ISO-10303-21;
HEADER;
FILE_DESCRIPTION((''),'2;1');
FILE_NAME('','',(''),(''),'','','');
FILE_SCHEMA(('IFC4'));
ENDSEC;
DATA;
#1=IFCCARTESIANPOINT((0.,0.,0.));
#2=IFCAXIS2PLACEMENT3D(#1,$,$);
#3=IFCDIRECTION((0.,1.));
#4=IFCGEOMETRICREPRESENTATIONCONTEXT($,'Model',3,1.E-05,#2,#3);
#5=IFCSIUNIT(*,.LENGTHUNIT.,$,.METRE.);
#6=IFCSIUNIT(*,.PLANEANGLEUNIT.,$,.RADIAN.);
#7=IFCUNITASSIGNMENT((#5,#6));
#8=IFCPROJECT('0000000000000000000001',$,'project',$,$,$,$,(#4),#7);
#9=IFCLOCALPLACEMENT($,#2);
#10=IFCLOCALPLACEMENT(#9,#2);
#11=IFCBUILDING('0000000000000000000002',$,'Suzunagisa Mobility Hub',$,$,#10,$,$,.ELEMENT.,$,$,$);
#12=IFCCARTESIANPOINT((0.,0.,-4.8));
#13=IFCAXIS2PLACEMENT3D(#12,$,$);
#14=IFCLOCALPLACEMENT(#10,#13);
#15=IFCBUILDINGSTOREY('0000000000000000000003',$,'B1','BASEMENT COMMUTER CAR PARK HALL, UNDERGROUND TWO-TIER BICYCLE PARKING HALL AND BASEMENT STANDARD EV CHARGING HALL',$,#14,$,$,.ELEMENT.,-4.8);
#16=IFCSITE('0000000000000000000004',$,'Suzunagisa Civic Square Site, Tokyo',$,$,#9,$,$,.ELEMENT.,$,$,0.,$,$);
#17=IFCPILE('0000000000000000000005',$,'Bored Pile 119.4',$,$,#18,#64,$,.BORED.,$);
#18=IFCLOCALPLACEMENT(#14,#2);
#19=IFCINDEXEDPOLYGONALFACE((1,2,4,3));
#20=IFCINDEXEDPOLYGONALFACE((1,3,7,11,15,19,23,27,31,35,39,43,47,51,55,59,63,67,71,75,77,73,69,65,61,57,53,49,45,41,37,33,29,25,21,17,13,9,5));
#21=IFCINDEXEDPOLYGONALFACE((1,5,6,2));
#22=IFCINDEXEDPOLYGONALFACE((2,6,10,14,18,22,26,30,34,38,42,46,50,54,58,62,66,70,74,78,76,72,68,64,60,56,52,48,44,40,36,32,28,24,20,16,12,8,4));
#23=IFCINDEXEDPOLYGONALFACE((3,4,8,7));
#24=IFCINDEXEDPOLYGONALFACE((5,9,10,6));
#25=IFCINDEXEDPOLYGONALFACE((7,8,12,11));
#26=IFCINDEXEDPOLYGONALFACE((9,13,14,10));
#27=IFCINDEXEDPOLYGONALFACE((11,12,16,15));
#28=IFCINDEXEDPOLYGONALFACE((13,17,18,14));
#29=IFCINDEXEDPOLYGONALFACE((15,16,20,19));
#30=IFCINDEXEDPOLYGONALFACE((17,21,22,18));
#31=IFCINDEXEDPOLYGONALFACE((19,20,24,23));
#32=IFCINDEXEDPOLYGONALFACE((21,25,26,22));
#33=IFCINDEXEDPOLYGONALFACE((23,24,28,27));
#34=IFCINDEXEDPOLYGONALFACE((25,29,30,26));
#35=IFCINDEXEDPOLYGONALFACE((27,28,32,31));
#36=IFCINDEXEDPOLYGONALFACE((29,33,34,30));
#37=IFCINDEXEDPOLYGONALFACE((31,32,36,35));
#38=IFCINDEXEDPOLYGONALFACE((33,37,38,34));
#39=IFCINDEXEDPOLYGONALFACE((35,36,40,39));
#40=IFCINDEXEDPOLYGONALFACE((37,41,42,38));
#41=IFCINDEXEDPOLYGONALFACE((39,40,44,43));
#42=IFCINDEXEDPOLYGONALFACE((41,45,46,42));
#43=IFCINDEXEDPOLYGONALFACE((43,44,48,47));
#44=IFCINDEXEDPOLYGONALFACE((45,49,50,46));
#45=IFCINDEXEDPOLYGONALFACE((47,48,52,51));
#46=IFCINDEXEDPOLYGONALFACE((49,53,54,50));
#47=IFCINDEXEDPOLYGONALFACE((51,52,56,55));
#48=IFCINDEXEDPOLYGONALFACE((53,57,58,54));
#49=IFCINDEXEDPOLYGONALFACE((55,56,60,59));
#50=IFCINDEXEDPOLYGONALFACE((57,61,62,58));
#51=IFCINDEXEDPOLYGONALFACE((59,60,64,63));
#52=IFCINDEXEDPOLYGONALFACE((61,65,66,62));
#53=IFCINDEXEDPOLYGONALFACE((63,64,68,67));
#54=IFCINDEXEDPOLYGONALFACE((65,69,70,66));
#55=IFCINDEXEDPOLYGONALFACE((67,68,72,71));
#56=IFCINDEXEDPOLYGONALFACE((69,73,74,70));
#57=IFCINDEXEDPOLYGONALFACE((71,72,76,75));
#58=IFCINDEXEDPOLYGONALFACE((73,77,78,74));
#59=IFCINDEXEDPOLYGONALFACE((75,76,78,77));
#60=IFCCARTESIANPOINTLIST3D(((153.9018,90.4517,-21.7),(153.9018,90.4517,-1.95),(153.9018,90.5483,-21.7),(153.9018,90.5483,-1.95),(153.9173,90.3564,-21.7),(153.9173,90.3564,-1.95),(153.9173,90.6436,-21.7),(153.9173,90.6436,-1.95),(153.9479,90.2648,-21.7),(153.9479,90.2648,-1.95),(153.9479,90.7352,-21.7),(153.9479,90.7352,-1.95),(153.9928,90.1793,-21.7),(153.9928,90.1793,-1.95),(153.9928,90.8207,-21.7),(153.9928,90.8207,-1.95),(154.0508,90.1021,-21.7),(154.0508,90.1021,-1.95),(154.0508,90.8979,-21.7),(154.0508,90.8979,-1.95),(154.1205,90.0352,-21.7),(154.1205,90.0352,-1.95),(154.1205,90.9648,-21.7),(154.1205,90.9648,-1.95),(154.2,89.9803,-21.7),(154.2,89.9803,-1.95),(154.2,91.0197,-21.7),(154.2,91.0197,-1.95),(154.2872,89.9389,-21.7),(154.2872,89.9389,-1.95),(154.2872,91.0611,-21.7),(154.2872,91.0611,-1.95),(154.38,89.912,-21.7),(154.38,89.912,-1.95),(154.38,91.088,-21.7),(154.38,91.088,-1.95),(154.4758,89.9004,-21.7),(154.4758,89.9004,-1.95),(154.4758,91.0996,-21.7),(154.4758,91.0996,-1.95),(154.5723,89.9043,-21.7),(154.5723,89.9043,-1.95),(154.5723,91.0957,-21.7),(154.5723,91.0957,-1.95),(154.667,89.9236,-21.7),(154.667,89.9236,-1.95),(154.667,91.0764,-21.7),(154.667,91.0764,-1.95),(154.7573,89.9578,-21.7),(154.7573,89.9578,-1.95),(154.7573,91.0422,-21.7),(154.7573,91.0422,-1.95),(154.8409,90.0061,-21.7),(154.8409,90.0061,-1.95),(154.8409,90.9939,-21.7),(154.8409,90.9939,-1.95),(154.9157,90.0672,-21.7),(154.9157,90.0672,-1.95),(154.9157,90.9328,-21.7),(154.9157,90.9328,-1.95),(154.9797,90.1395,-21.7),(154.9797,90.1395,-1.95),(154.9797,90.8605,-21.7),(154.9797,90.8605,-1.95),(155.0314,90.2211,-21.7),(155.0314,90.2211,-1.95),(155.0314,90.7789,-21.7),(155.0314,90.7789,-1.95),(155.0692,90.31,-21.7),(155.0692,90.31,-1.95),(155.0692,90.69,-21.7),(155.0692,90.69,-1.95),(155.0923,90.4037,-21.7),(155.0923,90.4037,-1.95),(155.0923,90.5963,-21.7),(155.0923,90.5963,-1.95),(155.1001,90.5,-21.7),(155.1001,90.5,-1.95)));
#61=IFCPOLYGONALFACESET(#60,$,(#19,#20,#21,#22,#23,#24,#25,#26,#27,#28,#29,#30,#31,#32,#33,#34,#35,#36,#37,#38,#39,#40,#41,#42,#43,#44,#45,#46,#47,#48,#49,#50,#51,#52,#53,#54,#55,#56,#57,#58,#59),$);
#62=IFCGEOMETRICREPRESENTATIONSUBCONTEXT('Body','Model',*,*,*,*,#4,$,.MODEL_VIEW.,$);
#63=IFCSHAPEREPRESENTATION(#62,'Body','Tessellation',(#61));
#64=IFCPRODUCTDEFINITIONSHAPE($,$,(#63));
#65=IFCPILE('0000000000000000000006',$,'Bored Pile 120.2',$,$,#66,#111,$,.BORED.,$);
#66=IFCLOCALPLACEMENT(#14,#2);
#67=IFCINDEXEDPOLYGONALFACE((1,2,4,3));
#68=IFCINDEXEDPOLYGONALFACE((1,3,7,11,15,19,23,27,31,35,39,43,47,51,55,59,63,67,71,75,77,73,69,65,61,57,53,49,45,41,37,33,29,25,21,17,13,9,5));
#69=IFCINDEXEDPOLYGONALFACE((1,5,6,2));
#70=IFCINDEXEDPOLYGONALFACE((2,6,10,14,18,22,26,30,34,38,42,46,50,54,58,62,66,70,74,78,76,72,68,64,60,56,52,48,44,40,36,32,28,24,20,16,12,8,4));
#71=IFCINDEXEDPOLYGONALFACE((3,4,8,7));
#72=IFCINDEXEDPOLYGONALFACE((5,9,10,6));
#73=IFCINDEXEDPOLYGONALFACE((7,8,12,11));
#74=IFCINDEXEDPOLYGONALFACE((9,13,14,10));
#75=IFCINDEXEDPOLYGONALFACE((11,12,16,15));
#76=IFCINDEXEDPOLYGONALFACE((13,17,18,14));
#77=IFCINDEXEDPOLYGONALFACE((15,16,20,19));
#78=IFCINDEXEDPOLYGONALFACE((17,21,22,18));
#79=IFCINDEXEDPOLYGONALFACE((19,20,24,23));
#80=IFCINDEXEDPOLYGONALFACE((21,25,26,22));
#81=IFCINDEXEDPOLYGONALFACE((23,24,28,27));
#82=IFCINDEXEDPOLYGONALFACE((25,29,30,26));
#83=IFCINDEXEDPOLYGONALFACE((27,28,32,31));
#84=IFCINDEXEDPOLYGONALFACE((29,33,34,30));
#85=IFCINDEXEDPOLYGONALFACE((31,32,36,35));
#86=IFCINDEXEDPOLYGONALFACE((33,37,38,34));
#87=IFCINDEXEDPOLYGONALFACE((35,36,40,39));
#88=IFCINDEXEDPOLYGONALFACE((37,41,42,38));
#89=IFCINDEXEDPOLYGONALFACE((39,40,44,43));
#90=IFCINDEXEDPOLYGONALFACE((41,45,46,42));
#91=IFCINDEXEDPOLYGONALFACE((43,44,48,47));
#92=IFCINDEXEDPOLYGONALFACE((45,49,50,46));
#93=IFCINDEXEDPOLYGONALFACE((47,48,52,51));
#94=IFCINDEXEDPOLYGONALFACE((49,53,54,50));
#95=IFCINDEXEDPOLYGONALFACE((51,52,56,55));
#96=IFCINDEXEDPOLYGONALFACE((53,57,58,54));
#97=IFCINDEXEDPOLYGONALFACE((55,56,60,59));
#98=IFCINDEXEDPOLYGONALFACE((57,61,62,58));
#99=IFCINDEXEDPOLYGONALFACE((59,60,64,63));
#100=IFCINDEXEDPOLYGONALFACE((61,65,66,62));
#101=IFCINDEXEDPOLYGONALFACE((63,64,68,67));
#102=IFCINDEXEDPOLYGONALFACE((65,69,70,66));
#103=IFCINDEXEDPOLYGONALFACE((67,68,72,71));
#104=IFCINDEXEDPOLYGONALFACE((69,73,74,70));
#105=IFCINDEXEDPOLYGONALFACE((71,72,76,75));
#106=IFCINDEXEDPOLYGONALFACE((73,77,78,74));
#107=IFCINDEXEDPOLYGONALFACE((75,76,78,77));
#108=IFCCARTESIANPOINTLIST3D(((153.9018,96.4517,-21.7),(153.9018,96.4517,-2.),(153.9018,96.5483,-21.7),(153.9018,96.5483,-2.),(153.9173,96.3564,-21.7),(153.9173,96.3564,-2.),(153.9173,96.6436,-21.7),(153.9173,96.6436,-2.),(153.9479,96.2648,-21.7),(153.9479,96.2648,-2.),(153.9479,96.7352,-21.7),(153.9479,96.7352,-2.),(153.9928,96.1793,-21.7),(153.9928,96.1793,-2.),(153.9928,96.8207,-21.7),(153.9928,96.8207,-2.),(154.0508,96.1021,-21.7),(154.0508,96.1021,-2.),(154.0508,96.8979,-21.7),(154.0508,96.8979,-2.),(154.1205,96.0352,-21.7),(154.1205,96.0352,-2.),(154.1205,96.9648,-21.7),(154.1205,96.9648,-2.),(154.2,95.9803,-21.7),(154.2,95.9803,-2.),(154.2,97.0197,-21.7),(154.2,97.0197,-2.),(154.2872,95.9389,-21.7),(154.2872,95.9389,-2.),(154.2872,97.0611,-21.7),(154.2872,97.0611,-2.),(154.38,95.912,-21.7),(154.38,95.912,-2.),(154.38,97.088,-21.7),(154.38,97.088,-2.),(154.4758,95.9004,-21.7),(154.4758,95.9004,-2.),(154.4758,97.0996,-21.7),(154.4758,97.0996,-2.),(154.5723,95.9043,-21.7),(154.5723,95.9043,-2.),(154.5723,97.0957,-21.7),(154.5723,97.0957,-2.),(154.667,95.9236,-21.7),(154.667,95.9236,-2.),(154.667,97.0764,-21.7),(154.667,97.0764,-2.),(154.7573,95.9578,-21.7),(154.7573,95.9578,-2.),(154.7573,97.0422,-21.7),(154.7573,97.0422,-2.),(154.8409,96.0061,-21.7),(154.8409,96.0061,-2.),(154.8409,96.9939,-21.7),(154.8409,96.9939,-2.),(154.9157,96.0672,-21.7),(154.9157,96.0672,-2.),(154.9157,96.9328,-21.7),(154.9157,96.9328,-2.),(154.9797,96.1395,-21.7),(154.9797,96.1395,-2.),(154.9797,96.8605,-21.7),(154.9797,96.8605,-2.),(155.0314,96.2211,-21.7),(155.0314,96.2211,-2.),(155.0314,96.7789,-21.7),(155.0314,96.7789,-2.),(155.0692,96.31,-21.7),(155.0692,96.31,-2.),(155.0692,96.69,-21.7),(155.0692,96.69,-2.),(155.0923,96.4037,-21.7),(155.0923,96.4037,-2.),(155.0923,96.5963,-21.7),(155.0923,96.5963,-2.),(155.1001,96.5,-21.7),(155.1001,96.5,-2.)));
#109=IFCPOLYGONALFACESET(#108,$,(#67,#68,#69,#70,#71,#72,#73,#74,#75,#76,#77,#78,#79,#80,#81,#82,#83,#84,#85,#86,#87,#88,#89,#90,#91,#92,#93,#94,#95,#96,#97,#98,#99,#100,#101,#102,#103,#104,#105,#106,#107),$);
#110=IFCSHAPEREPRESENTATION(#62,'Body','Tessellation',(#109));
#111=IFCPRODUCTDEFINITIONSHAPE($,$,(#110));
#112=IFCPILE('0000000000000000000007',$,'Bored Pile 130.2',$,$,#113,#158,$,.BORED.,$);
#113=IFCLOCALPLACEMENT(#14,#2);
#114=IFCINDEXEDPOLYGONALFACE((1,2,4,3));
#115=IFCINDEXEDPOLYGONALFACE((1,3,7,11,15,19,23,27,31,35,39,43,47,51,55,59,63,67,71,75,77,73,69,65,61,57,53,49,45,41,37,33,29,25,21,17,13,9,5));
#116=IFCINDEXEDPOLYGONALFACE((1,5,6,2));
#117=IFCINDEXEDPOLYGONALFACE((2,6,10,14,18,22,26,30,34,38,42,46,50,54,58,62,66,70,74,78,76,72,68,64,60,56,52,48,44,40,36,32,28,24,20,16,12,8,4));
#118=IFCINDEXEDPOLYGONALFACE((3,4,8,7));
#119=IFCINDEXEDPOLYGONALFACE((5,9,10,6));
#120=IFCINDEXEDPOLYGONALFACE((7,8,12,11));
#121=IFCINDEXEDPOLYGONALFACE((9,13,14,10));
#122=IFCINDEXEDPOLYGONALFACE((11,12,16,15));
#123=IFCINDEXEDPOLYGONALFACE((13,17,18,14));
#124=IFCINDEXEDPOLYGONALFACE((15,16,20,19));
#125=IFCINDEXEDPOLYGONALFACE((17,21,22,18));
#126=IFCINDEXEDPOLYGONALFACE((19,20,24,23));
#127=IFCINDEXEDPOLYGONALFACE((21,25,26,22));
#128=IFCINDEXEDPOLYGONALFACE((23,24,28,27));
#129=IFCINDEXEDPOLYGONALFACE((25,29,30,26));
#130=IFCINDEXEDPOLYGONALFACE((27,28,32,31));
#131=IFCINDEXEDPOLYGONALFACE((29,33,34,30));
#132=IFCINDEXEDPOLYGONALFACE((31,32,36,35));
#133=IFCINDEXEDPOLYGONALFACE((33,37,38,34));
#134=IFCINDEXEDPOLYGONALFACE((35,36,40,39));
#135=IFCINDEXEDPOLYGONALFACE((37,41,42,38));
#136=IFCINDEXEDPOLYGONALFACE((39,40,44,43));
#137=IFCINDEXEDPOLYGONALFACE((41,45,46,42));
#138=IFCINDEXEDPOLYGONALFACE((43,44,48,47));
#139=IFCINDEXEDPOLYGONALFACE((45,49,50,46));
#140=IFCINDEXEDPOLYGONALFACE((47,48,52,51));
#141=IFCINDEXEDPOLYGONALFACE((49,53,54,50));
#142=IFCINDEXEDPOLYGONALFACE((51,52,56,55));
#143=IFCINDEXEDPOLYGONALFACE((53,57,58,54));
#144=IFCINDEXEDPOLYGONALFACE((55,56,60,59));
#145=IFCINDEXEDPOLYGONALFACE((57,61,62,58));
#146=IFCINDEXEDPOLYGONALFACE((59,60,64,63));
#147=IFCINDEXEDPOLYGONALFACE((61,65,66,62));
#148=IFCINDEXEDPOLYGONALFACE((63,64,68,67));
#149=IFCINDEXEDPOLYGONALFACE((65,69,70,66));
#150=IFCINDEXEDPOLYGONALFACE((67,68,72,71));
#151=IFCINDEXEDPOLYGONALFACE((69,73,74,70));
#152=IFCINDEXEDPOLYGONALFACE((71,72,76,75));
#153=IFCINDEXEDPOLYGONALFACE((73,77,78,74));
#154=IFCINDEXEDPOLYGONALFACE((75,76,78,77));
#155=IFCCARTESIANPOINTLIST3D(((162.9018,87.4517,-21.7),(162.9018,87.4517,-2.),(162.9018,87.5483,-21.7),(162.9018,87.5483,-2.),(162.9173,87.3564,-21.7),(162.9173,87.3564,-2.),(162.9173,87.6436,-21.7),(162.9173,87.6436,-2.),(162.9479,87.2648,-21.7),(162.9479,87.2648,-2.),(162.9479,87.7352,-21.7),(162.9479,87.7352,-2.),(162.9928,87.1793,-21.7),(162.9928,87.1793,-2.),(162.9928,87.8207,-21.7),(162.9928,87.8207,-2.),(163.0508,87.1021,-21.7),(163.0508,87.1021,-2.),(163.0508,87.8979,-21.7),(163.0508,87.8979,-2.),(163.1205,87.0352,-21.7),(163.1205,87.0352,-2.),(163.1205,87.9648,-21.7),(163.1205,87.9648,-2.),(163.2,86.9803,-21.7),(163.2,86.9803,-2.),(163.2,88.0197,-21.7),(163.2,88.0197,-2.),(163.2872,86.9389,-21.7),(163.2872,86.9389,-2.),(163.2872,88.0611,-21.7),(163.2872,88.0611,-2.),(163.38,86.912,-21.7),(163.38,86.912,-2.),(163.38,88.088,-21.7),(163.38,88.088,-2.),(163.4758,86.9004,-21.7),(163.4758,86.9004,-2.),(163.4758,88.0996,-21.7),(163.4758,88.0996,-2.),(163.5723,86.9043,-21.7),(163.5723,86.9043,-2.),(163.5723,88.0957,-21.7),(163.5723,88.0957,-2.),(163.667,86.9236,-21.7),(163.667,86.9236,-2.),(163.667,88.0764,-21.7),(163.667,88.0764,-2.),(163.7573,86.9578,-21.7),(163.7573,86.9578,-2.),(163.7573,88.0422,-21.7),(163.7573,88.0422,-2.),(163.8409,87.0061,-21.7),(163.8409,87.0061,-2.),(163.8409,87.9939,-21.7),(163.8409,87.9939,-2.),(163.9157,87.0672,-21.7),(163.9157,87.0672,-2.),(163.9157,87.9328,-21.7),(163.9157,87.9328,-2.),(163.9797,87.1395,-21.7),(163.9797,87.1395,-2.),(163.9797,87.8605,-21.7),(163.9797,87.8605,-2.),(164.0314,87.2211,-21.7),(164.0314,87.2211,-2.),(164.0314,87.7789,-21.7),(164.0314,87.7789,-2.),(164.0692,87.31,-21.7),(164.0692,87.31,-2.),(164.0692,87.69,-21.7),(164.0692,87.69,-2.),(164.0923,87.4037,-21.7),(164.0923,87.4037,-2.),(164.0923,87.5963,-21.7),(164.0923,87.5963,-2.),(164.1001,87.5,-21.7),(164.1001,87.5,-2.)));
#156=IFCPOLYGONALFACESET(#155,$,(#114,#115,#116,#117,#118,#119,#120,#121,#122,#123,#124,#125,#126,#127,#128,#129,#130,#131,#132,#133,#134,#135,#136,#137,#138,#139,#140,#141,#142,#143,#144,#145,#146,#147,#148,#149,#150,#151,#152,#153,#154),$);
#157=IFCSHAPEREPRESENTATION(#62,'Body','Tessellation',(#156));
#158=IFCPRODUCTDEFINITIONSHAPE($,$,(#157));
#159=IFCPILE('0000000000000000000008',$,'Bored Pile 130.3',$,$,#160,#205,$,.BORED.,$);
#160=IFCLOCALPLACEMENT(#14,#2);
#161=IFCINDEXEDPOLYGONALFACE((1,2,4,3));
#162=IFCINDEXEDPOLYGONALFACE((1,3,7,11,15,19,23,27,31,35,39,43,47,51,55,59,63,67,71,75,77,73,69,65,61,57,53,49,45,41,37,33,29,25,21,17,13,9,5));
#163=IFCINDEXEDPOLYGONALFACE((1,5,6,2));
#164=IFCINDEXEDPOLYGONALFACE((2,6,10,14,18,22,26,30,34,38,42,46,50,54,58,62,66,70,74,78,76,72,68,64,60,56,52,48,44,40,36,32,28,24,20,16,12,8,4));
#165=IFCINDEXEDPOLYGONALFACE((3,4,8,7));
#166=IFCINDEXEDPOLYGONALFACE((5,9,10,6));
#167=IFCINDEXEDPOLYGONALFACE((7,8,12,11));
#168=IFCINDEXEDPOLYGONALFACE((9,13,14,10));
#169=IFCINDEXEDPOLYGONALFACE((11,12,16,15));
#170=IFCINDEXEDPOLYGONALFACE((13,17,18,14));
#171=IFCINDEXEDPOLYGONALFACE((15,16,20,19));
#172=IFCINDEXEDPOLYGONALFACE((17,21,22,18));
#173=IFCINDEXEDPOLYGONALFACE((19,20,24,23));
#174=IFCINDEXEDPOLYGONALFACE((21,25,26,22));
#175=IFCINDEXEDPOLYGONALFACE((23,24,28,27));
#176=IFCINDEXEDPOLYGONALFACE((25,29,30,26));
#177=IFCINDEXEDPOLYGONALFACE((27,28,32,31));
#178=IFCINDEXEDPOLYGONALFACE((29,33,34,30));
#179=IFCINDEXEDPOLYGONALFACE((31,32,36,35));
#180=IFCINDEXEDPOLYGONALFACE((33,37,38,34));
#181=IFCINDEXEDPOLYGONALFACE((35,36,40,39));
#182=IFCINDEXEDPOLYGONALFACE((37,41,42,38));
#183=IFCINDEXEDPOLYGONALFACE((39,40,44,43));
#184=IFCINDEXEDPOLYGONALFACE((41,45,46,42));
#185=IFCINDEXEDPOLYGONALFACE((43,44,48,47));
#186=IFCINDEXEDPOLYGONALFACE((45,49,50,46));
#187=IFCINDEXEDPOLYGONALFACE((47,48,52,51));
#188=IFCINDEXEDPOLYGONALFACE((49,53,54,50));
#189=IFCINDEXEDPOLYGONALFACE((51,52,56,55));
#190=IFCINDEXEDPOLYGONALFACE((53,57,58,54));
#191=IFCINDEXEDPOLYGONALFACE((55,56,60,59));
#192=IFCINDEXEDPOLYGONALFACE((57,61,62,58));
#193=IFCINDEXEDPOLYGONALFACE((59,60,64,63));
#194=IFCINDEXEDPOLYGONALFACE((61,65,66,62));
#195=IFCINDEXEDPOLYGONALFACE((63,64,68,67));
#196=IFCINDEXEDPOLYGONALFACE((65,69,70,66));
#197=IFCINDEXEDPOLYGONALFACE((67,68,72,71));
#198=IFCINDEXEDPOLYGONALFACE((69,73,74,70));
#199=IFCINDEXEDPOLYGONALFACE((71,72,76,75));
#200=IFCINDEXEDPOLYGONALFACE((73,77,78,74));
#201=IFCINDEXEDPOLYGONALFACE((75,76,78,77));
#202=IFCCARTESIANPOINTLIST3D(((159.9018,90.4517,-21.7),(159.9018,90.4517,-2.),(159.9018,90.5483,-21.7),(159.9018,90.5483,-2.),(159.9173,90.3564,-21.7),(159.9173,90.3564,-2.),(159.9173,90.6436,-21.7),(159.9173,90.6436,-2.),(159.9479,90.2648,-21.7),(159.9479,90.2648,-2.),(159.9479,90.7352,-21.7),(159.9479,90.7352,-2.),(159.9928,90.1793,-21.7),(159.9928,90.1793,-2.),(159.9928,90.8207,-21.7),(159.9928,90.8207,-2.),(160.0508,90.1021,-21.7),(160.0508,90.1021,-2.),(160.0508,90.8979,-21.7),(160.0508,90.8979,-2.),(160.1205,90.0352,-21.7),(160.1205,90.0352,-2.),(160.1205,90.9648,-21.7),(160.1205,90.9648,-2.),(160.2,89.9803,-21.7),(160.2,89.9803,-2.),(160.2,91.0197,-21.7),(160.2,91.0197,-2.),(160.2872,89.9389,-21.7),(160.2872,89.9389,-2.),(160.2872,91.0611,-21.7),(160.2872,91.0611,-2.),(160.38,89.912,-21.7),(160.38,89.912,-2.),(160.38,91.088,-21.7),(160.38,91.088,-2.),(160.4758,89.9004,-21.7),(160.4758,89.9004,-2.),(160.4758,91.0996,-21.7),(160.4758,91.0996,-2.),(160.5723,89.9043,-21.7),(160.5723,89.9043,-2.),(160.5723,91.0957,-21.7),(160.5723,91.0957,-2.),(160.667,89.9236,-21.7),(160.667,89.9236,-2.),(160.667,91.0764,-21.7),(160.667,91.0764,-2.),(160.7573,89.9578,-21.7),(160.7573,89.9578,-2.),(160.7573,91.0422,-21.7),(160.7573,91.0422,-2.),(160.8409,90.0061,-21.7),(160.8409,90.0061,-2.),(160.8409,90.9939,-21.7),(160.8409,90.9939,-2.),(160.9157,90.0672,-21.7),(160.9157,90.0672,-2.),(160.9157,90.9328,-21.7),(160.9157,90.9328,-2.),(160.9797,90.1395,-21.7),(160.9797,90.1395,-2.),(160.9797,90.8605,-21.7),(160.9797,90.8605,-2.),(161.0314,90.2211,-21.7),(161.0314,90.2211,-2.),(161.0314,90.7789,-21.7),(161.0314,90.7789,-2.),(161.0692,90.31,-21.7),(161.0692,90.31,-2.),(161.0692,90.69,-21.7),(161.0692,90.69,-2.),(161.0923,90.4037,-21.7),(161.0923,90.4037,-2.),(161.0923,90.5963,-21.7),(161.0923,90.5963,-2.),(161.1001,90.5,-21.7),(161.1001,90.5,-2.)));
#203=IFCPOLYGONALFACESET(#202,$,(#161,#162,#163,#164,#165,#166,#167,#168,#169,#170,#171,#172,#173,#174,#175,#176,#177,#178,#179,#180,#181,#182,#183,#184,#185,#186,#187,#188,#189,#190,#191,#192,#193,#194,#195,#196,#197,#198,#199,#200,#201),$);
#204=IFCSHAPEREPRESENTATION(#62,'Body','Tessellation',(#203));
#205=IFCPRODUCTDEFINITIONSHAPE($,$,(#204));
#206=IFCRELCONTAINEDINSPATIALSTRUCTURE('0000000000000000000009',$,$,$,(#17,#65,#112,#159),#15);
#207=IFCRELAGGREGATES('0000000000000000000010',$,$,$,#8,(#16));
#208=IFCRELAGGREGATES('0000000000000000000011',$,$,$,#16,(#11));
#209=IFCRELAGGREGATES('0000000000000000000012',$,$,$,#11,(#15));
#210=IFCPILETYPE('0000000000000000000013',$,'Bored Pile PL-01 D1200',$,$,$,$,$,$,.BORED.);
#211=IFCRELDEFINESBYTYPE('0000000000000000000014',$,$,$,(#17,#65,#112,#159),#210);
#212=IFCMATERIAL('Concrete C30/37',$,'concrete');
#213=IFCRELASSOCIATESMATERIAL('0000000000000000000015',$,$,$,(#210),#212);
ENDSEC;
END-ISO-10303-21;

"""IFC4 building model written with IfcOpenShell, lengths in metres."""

from ifc_helpers import new_model, si_unit, direction, frame, origin, origin_2d, place, context, subcontext, project, spatial, circle, extrude, material, material_profile, profile_set, type_object, element, save


model = new_model("IFC4")

# Units and contexts
model_context = context("Model", 3, precision=1e-05, world=origin(), true_north=direction((0.0, 1.0)))
body_context = subcontext(model_context, "Body", "Model", "MODEL_VIEW")
ifc_project = project(units=[si_unit("LENGTHUNIT", "METRE"), si_unit("PLANEANGLEUNIT", "RADIAN")], contexts=[model_context])

# Site, building, storey
site_placement = place(None, origin())
site = spatial("IfcSite", under=ifc_project, at=site_placement, Name="Suzunagisa Civic Square Site, Tokyo", CompositionType="ELEMENT", RefElevation=0.0)
building_placement = place(site_placement, origin())
building = spatial("IfcBuilding", under=site, at=building_placement, Name="Suzunagisa Mobility Hub", CompositionType="ELEMENT")
storey_placement = place(building_placement, frame((0.0, 0.0, -4.8)))
storey = spatial("IfcBuildingStorey", under=building, at=storey_placement, Name="B1", Description="BASEMENT COMMUTER CAR PARK HALL, UNDERGROUND TWO-TIER BICYCLE PARKING HALL AND BASEMENT STANDARD EV CHARGING HALL", CompositionType="ELEMENT", Elevation=-4.8)

# Piles
ifc_material_1 = material(Name="Concrete C30/37", Category="concrete")
ifc_material_profile_1 = material_profile(ifc_material_1, circle(Radius=0.6001, at=origin_2d()), Name="BORED PILE D1200")
ifc_profile_set_1 = profile_set([ifc_material_profile_1], Name="Concrete C30/37")
pile_type = type_object("IfcPileType", Name="Bored Pile PL-01 D1200", PredefinedType="BORED", material=ifc_profile_set_1)
pile_placement = place(storey_placement, frame((154.5, 90.5, -1.95), z_axis=(0.0, 0.0, -1.0), x_axis=(1.0, 0.0, 0.0)))
element("IfcPile", 1, at=pile_placement, inside=storey, type_object=pile_type, Name="Bored Pile 119.4", PredefinedType="BORED", context=body_context, shape_type="SweptSolid", body=[
    extrude(circle(Radius=0.6001, at=origin_2d()), origin(), (0.0, 0.0, 1.0), 19.75),
])
for number, where, z_axis, x_axis, name in (
    (2, (154.5, 96.5, -2.0), (0.0, 0.0, -1.0), (1.0, 0.0, 0.0), "Bored Pile 120.2"),
    (3, (163.5, 87.5, -2.0), (0.0, 0.0, -1.0), (1.0, 0.0, 0.0), "Bored Pile 130.2"),
    (4, (160.5, 90.5, -2.0), (0.0, 0.0, -1.0), (1.0, 0.0, 0.0), "Bored Pile 130.3"),
):
    element("IfcPile", number, at=place(storey_placement, frame(where, z_axis=z_axis, x_axis=x_axis)), inside=storey, type_object=pile_type, Name=name, PredefinedType="BORED", context=body_context, shape_type="SweptSolid", body=[
        extrude(circle(Radius=0.6001, at=origin_2d()), origin(), (0.0, 0.0, 1.0), 19.7),
    ])

save(model, "model.ifc")
